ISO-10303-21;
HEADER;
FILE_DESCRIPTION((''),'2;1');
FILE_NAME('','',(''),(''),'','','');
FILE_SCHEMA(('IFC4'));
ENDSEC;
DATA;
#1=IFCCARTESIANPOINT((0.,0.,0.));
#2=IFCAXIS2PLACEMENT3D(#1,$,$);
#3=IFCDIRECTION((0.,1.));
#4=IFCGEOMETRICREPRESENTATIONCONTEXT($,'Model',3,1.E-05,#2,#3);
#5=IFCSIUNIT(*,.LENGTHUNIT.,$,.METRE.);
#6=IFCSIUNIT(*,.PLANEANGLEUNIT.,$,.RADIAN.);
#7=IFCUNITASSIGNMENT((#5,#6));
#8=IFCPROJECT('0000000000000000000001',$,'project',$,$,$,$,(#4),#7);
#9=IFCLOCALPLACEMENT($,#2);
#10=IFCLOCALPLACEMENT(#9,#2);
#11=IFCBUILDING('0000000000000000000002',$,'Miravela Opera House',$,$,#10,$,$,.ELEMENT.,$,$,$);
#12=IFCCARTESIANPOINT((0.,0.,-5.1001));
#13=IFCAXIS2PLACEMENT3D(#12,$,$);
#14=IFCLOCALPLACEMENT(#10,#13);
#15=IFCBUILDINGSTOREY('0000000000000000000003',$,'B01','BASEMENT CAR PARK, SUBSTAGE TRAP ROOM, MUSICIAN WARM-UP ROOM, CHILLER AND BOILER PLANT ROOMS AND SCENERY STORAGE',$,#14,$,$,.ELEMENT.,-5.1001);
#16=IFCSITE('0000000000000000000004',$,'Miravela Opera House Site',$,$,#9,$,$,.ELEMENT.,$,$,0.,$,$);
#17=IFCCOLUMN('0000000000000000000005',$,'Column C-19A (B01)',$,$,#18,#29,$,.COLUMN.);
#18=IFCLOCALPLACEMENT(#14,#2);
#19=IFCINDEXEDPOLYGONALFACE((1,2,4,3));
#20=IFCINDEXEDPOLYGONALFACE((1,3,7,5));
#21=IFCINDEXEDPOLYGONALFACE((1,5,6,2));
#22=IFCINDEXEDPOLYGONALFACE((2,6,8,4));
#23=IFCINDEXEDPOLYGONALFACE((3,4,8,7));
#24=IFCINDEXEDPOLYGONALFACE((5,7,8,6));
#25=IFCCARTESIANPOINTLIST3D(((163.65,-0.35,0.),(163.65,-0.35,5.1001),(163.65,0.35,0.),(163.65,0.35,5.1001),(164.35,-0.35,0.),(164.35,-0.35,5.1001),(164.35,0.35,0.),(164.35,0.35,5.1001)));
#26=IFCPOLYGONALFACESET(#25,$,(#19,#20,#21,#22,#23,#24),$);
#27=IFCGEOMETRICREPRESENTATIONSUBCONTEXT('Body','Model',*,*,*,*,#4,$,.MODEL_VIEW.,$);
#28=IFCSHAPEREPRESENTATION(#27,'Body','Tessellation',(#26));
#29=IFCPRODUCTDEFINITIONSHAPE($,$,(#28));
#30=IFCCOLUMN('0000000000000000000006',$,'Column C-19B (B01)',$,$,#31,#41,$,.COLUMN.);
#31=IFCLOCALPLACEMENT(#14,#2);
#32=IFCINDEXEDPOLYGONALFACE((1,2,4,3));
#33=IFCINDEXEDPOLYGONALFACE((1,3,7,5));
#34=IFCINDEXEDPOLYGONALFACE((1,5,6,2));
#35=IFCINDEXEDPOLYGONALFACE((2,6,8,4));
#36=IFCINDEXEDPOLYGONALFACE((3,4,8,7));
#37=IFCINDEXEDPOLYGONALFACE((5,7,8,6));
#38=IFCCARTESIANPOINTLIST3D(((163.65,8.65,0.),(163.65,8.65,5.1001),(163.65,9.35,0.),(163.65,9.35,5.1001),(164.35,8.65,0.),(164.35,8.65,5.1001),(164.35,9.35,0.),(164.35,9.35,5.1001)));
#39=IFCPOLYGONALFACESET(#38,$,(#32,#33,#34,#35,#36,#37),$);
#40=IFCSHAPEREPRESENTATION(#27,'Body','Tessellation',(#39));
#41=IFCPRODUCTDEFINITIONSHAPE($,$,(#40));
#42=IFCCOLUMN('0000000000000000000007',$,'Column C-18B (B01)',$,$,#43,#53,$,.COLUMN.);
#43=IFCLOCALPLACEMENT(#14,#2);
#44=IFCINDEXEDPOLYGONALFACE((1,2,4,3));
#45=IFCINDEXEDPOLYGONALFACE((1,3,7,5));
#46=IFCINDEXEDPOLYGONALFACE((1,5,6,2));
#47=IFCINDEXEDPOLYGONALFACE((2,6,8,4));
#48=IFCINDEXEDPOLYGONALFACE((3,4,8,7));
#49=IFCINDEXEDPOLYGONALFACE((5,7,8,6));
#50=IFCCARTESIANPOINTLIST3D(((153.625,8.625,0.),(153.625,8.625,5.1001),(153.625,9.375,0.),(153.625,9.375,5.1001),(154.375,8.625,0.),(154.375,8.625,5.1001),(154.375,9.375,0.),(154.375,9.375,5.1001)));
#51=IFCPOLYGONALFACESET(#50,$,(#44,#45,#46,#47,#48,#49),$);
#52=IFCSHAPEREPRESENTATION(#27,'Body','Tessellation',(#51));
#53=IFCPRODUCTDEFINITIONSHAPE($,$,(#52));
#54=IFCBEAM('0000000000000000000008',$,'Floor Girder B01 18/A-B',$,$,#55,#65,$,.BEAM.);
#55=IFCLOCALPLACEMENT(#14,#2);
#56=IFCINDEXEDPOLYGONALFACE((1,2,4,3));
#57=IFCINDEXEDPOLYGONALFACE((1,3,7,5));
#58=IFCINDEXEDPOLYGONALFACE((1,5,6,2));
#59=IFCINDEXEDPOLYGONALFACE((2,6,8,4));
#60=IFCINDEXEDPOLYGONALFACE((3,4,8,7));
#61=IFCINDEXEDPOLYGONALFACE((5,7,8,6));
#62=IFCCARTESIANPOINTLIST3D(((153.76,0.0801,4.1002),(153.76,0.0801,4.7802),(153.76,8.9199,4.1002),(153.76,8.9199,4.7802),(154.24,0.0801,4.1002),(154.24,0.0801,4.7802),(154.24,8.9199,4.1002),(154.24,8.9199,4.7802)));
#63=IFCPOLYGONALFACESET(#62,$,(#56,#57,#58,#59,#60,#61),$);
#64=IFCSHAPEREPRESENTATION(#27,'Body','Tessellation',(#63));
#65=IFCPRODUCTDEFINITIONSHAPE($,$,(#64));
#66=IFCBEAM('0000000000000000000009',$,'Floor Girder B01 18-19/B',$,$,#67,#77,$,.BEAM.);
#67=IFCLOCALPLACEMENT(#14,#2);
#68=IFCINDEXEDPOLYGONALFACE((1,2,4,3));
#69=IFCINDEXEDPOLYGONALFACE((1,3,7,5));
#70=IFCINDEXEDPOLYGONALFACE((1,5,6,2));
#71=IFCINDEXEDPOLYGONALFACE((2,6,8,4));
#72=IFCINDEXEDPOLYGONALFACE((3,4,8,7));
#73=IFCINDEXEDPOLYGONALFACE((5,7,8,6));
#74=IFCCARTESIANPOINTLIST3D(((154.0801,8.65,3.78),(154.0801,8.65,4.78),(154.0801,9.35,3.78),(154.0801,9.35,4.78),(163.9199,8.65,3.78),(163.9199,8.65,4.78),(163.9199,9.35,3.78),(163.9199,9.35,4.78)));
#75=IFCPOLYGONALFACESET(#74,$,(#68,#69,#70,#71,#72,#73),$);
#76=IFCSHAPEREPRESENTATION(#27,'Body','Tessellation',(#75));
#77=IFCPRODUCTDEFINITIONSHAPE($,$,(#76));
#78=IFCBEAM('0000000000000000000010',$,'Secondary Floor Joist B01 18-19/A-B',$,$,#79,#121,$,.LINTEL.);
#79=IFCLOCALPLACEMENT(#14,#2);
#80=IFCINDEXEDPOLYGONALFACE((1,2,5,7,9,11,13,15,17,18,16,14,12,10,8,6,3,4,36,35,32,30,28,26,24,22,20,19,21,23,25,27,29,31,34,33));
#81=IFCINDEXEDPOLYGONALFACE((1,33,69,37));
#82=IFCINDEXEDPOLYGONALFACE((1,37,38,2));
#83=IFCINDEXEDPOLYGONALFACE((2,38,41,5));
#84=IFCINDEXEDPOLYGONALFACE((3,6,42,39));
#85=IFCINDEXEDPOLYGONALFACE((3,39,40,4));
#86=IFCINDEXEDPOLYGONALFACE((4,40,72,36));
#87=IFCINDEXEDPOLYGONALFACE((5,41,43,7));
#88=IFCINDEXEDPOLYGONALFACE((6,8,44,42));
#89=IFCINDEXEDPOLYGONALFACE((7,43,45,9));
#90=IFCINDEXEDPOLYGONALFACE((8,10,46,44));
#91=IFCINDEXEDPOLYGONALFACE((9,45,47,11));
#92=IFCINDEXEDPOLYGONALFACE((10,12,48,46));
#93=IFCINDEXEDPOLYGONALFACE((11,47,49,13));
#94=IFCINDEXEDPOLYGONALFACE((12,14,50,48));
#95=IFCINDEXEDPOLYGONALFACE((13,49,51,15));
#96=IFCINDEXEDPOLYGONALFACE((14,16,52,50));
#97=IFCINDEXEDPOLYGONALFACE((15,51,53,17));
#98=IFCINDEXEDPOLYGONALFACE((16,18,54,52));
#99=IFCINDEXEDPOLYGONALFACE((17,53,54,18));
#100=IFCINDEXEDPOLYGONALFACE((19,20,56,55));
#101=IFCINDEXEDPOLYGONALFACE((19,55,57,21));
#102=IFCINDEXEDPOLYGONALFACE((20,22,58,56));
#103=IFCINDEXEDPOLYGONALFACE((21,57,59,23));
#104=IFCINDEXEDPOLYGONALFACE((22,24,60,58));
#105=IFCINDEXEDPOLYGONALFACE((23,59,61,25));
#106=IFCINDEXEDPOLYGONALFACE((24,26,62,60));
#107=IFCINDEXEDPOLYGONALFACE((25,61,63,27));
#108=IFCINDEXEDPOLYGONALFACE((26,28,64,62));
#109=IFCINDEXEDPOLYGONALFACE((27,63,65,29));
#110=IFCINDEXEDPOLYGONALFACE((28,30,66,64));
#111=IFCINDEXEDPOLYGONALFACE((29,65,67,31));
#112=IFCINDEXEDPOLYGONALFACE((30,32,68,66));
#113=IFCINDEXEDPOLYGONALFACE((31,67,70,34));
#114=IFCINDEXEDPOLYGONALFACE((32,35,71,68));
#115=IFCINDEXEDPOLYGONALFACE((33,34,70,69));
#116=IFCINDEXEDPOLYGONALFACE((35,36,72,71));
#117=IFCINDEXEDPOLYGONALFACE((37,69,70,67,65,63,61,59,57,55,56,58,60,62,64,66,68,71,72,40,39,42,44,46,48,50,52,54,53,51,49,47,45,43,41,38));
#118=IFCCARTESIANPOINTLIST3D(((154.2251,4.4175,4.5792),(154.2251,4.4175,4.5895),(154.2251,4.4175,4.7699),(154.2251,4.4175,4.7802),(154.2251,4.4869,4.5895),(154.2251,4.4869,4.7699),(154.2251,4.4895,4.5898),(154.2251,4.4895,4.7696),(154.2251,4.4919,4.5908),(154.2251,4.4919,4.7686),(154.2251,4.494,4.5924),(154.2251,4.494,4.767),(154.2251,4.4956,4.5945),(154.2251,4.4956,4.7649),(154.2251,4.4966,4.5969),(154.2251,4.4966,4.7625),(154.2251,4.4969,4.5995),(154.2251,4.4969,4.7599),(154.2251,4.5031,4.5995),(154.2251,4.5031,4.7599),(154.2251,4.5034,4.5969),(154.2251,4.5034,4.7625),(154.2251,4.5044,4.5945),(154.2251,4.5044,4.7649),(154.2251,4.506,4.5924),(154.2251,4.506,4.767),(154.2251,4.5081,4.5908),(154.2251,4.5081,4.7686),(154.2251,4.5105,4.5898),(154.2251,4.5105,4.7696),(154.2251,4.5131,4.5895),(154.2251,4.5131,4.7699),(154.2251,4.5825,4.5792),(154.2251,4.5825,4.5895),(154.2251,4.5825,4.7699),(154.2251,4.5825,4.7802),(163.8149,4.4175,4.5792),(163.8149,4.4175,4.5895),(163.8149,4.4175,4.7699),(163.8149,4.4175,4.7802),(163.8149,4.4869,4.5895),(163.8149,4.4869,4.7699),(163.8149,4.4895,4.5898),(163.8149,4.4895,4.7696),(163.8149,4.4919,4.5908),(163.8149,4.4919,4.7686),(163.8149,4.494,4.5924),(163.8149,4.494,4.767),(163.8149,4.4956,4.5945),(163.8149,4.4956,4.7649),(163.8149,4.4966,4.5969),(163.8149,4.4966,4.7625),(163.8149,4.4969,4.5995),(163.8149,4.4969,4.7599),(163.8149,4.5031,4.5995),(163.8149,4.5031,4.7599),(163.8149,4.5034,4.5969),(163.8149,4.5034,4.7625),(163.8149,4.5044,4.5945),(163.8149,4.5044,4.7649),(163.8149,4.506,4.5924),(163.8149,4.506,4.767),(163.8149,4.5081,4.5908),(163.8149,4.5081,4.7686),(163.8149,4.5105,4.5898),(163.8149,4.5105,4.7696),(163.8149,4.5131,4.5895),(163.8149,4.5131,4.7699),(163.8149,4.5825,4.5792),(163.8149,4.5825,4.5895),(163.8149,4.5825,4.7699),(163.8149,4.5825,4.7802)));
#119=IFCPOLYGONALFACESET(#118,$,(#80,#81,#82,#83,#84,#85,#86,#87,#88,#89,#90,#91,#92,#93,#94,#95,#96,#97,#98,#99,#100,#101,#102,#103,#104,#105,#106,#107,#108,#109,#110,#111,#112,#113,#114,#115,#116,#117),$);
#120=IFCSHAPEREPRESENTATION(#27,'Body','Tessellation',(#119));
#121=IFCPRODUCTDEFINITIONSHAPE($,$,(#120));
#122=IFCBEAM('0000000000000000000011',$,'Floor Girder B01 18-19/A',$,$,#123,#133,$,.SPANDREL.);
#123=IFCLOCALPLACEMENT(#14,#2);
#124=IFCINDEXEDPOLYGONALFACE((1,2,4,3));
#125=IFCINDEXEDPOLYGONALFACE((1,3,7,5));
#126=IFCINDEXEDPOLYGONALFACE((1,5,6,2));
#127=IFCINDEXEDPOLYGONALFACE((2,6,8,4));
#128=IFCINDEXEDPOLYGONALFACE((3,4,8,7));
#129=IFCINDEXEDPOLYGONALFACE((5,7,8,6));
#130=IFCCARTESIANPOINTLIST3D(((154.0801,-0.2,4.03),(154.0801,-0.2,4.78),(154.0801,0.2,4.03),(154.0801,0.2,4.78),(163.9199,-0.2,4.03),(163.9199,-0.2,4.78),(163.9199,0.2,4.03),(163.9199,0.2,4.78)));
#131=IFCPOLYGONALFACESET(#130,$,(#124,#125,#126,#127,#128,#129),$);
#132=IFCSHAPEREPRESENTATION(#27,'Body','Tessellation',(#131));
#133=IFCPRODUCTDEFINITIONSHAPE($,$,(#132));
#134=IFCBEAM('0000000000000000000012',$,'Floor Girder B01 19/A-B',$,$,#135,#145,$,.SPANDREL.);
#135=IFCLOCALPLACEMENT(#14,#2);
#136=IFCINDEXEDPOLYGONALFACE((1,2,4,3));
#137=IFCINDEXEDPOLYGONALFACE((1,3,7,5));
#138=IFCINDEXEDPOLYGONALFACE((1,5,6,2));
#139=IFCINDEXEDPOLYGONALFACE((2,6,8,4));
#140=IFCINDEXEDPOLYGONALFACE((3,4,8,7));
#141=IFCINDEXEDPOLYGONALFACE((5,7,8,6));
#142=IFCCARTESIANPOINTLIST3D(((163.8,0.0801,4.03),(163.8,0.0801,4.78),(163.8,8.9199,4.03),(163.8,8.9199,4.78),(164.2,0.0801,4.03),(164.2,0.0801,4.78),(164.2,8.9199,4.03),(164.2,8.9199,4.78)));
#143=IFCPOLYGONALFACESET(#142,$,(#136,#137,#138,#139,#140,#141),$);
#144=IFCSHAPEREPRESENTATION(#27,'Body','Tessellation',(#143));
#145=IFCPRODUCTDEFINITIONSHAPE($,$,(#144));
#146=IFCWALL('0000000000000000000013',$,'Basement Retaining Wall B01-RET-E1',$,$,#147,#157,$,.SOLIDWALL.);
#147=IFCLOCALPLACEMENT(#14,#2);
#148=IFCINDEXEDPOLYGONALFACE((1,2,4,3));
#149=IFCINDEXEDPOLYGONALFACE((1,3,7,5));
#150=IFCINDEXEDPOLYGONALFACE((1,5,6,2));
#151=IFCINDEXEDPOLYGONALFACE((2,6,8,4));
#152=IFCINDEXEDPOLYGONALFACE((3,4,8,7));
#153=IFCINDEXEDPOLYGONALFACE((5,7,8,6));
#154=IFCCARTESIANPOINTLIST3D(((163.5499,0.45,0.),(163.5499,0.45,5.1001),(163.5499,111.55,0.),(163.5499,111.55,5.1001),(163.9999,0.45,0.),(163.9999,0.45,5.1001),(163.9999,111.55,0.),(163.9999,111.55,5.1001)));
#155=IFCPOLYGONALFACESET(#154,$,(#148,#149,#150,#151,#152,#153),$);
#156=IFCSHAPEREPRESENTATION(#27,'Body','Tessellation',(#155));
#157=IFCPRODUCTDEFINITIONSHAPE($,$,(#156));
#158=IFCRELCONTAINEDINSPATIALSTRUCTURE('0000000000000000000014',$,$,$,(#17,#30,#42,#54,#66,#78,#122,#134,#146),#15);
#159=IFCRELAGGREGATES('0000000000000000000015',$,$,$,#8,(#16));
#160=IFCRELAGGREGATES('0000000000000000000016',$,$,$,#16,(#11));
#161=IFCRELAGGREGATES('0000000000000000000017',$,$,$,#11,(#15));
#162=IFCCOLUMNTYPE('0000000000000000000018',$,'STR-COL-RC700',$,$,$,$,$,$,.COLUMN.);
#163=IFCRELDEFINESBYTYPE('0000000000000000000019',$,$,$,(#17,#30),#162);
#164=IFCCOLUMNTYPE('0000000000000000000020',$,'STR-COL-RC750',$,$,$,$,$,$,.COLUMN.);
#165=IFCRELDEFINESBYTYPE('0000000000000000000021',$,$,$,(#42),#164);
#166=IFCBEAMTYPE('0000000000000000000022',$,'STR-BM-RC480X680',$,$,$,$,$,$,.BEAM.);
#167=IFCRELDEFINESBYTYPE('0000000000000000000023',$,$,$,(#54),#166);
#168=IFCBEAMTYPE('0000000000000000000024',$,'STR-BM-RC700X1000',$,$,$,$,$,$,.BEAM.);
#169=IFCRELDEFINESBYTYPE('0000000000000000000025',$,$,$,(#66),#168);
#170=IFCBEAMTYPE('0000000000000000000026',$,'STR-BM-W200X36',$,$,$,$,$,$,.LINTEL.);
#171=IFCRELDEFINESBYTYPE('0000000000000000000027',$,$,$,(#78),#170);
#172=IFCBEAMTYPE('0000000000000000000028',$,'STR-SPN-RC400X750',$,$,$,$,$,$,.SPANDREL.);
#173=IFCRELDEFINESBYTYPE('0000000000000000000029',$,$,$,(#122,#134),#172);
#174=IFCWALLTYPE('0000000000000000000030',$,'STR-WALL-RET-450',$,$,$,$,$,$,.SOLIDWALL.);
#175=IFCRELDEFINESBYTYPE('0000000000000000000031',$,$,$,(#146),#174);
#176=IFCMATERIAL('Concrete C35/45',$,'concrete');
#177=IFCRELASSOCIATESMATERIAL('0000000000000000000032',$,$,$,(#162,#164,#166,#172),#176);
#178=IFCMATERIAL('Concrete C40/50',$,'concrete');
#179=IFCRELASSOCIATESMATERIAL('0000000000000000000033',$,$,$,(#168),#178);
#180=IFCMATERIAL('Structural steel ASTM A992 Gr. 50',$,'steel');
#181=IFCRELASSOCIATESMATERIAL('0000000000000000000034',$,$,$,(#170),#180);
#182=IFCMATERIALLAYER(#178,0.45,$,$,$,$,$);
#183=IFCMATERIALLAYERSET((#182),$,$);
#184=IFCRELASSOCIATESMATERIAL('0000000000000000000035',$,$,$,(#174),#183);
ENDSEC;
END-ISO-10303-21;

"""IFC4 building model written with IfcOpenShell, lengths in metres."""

from ifc_helpers import new_model, si_unit, direction, frame, frame_2d, origin, origin_2d, place, context, subcontext, project, spatial, rectangle, i_section, extrude, material, layer, layer_set, material_profile, profile_set, type_object, element, save


model = new_model("IFC4")

# Units and contexts
model_context = context("Model", 3, precision=1e-05, world=origin(), true_north=direction((0.0, 1.0)))
body_context = subcontext(model_context, "Body", "Model", "MODEL_VIEW")
ifc_project = project(units=[si_unit("LENGTHUNIT", "METRE"), si_unit("PLANEANGLEUNIT", "RADIAN")], contexts=[model_context])

# Site, building, storey
site_placement = place(None, origin())
site = spatial("IfcSite", under=ifc_project, at=site_placement, Name="Miravela Opera House Site", CompositionType="ELEMENT", RefElevation=0.0)
building_placement = place(site_placement, origin())
building = spatial("IfcBuilding", under=site, at=building_placement, Name="Miravela Opera House", CompositionType="ELEMENT")
storey_placement = place(building_placement, frame((0.0, 0.0, -5.1001)))
storey = spatial("IfcBuildingStorey", under=building, at=storey_placement, Name="B01", Description="BASEMENT CAR PARK, SUBSTAGE TRAP ROOM, MUSICIAN WARM-UP ROOM, CHILLER AND BOILER PLANT ROOMS AND SCENERY STORAGE", CompositionType="ELEMENT", Elevation=-5.1001)

# Shared definitions
ifc_material_1 = material(Name="Concrete C35/45", Category="concrete")

# Columns
ifc_material_profile_1 = material_profile(ifc_material_1, rectangle(XDim=0.7, YDim=0.7, at=origin_2d()), Name="RC-COL-700X700")
ifc_profile_set_1 = profile_set([ifc_material_profile_1])
column_type_1 = type_object("IfcColumnType", Name="STR-COL-RC700", PredefinedType="COLUMN", material=ifc_profile_set_1)
for number, where, z_axis, x_axis, name in (
    (1, (164.0, 0.0, 0.0), (0.0, 0.0, 1.0), (1.0, 0.0, 0.0), "Column C-19A (B01)"),
    (2, (164.0, 9.0, 0.0), (0.0, 0.0, 1.0), (1.0, 0.0, 0.0), "Column C-19B (B01)"),
):
    element("IfcColumn", number, at=place(storey_placement, frame(where, z_axis=z_axis, x_axis=x_axis)), inside=storey, type_object=column_type_1, Name=name, PredefinedType="COLUMN", context=body_context, shape_type="SweptSolid", body=[
        extrude(rectangle(XDim=0.7, YDim=0.7, at=origin_2d()), origin(), (0.0, 0.0, 1.0), 5.1001),
    ])
ifc_material_profile_2 = material_profile(ifc_material_1, rectangle(XDim=0.75, YDim=0.75, at=origin_2d()), Name="RC-COL-750X750")
ifc_profile_set_2 = profile_set([ifc_material_profile_2])
column_type_2 = type_object("IfcColumnType", Name="STR-COL-RC750", PredefinedType="COLUMN", material=ifc_profile_set_2)
column_placement = place(storey_placement, frame((154.0, 9.0, 0.0), z_axis=(0.0, 0.0, 1.0), x_axis=(1.0, 0.0, 0.0)))
element("IfcColumn", 3, at=column_placement, inside=storey, type_object=column_type_2, Name="Column C-18B (B01)", PredefinedType="COLUMN", context=body_context, shape_type="SweptSolid", body=[
    extrude(rectangle(XDim=0.75, YDim=0.75, at=origin_2d()), origin(), (0.0, 0.0, 1.0), 5.1001),
])

# Beams
ifc_material_profile_3 = material_profile(ifc_material_1, rectangle(XDim=0.48, YDim=0.6799, at=origin_2d()), Name="RC-BM-480X680")
ifc_profile_set_3 = profile_set([ifc_material_profile_3])
beam_type_1 = type_object("IfcBeamType", Name="STR-BM-RC480X680", PredefinedType="BEAM", material=ifc_profile_set_3)
beam_1_placement = place(storey_placement, frame((154.0, 0.0801, 4.4402), z_axis=(0.0, 1.0, 0.0), x_axis=(-1.0, 0.0, 0.0)))
element("IfcBeam", 4, at=beam_1_placement, inside=storey, type_object=beam_type_1, Name="Floor Girder B01 18/A-B", PredefinedType="BEAM", context=body_context, shape_type="SweptSolid", body=[
    extrude(rectangle(XDim=0.48, YDim=0.6799, at=origin_2d()), origin(), (0.0, 0.0, 1.0), 8.8398),
])
ifc_material_2 = material(Name="Concrete C40/50", Category="concrete")
ifc_material_profile_4 = material_profile(ifc_material_2, rectangle(XDim=0.7, YDim=1.0, at=origin_2d()), Name="RC-BM-700X1000")
ifc_profile_set_4 = profile_set([ifc_material_profile_4])
beam_type_2 = type_object("IfcBeamType", Name="STR-BM-RC700X1000", PredefinedType="BEAM", material=ifc_profile_set_4)
beam_2_placement = place(storey_placement, frame((154.0801, 9.0, 4.28), z_axis=(1.0, 0.0, 0.0), x_axis=(0.0, 1.0, 0.0)))
element("IfcBeam", 5, at=beam_2_placement, inside=storey, type_object=beam_type_2, Name="Floor Girder B01 18-19/B", PredefinedType="BEAM", context=body_context, shape_type="SweptSolid", body=[
    extrude(rectangle(XDim=0.7, YDim=1.0, at=origin_2d()), origin(), (0.0, 0.0, 1.0), 9.8398),
])
ifc_material_3 = material(Name="Structural steel ASTM A992 Gr. 50", Category="steel")
ifc_material_profile_5 = material_profile(ifc_material_3, i_section(OverallWidth=0.165, OverallDepth=0.2009, WebThickness=0.0061, FlangeThickness=0.0103, FilletRadius=0.01, at=origin_2d()), Name="W200X36")
ifc_profile_set_5 = profile_set([ifc_material_profile_5])
beam_type_3 = type_object("IfcBeamType", Name="STR-BM-W200X36", PredefinedType="LINTEL", material=ifc_profile_set_5)
beam_3_placement = place(storey_placement, frame((154.2251, 4.5, 4.6797), z_axis=(1.0, 0.0, 0.0), x_axis=(0.0, 1.0, 0.0)))
element("IfcBeam", 6, at=beam_3_placement, inside=storey, type_object=beam_type_3, Name="Secondary Floor Joist B01 18-19/A-B", PredefinedType="LINTEL", context=body_context, shape_type="SweptSolid", body=[
    extrude(i_section(OverallWidth=0.165, OverallDepth=0.2009, WebThickness=0.0061, FlangeThickness=0.0103, FilletRadius=0.01, at=origin_2d()), origin(), (0.0, 0.0, 1.0), 9.5898),
])
ifc_material_profile_6 = material_profile(ifc_material_1, rectangle(XDim=0.3999, YDim=0.75, at=origin_2d()), Name="RC-SPN-400X750")
ifc_profile_set_6 = profile_set([ifc_material_profile_6])
beam_type_4 = type_object("IfcBeamType", Name="STR-SPN-RC400X750", PredefinedType="SPANDREL", material=ifc_profile_set_6)
beam_4_placement = place(storey_placement, frame((154.0801, 0.0, 4.405), z_axis=(1.0, 0.0, 0.0), x_axis=(0.0, 1.0, 0.0)))
element("IfcBeam", 7, at=beam_4_placement, inside=storey, type_object=beam_type_4, Name="Floor Girder B01 18-19/A", PredefinedType="SPANDREL", context=body_context, shape_type="SweptSolid", body=[
    extrude(rectangle(XDim=0.3999, YDim=0.75, at=origin_2d()), origin(), (0.0, 0.0, 1.0), 9.8398),
])
beam_5_placement = place(storey_placement, frame((164.0, 0.0801, 4.405), z_axis=(0.0, 1.0, 0.0), x_axis=(-1.0, 0.0, 0.0)))
element("IfcBeam", 8, at=beam_5_placement, inside=storey, type_object=beam_type_4, Name="Floor Girder B01 19/A-B", PredefinedType="SPANDREL", context=body_context, shape_type="SweptSolid", body=[
    extrude(rectangle(XDim=0.3999, YDim=0.75, at=origin_2d()), origin(), (0.0, 0.0, 1.0), 8.8398),
])

# Wall
ifc_layer = layer(ifc_material_2, 0.45)
ifc_layer_set = layer_set([ifc_layer])
wall_type = type_object("IfcWallType", Name="STR-WALL-RET-450", PredefinedType="SOLIDWALL", material=ifc_layer_set)
wall_placement = place(storey_placement, frame((163.7749, 0.45, 0.0), z_axis=(0.0, 0.0, 1.0), x_axis=(0.0, 1.0, 0.0)))
element("IfcWall", 9, at=wall_placement, inside=storey, type_object=wall_type, Name="Basement Retaining Wall B01-RET-E1", PredefinedType="SOLIDWALL", context=body_context, shape_type="SweptSolid", body=[
    extrude(rectangle(XDim=111.1001, YDim=0.45, at=frame_2d((55.55, 0.0))), origin(), (0.0, 0.0, 1.0), 5.1001),
])

save(model, "model.ifc")
